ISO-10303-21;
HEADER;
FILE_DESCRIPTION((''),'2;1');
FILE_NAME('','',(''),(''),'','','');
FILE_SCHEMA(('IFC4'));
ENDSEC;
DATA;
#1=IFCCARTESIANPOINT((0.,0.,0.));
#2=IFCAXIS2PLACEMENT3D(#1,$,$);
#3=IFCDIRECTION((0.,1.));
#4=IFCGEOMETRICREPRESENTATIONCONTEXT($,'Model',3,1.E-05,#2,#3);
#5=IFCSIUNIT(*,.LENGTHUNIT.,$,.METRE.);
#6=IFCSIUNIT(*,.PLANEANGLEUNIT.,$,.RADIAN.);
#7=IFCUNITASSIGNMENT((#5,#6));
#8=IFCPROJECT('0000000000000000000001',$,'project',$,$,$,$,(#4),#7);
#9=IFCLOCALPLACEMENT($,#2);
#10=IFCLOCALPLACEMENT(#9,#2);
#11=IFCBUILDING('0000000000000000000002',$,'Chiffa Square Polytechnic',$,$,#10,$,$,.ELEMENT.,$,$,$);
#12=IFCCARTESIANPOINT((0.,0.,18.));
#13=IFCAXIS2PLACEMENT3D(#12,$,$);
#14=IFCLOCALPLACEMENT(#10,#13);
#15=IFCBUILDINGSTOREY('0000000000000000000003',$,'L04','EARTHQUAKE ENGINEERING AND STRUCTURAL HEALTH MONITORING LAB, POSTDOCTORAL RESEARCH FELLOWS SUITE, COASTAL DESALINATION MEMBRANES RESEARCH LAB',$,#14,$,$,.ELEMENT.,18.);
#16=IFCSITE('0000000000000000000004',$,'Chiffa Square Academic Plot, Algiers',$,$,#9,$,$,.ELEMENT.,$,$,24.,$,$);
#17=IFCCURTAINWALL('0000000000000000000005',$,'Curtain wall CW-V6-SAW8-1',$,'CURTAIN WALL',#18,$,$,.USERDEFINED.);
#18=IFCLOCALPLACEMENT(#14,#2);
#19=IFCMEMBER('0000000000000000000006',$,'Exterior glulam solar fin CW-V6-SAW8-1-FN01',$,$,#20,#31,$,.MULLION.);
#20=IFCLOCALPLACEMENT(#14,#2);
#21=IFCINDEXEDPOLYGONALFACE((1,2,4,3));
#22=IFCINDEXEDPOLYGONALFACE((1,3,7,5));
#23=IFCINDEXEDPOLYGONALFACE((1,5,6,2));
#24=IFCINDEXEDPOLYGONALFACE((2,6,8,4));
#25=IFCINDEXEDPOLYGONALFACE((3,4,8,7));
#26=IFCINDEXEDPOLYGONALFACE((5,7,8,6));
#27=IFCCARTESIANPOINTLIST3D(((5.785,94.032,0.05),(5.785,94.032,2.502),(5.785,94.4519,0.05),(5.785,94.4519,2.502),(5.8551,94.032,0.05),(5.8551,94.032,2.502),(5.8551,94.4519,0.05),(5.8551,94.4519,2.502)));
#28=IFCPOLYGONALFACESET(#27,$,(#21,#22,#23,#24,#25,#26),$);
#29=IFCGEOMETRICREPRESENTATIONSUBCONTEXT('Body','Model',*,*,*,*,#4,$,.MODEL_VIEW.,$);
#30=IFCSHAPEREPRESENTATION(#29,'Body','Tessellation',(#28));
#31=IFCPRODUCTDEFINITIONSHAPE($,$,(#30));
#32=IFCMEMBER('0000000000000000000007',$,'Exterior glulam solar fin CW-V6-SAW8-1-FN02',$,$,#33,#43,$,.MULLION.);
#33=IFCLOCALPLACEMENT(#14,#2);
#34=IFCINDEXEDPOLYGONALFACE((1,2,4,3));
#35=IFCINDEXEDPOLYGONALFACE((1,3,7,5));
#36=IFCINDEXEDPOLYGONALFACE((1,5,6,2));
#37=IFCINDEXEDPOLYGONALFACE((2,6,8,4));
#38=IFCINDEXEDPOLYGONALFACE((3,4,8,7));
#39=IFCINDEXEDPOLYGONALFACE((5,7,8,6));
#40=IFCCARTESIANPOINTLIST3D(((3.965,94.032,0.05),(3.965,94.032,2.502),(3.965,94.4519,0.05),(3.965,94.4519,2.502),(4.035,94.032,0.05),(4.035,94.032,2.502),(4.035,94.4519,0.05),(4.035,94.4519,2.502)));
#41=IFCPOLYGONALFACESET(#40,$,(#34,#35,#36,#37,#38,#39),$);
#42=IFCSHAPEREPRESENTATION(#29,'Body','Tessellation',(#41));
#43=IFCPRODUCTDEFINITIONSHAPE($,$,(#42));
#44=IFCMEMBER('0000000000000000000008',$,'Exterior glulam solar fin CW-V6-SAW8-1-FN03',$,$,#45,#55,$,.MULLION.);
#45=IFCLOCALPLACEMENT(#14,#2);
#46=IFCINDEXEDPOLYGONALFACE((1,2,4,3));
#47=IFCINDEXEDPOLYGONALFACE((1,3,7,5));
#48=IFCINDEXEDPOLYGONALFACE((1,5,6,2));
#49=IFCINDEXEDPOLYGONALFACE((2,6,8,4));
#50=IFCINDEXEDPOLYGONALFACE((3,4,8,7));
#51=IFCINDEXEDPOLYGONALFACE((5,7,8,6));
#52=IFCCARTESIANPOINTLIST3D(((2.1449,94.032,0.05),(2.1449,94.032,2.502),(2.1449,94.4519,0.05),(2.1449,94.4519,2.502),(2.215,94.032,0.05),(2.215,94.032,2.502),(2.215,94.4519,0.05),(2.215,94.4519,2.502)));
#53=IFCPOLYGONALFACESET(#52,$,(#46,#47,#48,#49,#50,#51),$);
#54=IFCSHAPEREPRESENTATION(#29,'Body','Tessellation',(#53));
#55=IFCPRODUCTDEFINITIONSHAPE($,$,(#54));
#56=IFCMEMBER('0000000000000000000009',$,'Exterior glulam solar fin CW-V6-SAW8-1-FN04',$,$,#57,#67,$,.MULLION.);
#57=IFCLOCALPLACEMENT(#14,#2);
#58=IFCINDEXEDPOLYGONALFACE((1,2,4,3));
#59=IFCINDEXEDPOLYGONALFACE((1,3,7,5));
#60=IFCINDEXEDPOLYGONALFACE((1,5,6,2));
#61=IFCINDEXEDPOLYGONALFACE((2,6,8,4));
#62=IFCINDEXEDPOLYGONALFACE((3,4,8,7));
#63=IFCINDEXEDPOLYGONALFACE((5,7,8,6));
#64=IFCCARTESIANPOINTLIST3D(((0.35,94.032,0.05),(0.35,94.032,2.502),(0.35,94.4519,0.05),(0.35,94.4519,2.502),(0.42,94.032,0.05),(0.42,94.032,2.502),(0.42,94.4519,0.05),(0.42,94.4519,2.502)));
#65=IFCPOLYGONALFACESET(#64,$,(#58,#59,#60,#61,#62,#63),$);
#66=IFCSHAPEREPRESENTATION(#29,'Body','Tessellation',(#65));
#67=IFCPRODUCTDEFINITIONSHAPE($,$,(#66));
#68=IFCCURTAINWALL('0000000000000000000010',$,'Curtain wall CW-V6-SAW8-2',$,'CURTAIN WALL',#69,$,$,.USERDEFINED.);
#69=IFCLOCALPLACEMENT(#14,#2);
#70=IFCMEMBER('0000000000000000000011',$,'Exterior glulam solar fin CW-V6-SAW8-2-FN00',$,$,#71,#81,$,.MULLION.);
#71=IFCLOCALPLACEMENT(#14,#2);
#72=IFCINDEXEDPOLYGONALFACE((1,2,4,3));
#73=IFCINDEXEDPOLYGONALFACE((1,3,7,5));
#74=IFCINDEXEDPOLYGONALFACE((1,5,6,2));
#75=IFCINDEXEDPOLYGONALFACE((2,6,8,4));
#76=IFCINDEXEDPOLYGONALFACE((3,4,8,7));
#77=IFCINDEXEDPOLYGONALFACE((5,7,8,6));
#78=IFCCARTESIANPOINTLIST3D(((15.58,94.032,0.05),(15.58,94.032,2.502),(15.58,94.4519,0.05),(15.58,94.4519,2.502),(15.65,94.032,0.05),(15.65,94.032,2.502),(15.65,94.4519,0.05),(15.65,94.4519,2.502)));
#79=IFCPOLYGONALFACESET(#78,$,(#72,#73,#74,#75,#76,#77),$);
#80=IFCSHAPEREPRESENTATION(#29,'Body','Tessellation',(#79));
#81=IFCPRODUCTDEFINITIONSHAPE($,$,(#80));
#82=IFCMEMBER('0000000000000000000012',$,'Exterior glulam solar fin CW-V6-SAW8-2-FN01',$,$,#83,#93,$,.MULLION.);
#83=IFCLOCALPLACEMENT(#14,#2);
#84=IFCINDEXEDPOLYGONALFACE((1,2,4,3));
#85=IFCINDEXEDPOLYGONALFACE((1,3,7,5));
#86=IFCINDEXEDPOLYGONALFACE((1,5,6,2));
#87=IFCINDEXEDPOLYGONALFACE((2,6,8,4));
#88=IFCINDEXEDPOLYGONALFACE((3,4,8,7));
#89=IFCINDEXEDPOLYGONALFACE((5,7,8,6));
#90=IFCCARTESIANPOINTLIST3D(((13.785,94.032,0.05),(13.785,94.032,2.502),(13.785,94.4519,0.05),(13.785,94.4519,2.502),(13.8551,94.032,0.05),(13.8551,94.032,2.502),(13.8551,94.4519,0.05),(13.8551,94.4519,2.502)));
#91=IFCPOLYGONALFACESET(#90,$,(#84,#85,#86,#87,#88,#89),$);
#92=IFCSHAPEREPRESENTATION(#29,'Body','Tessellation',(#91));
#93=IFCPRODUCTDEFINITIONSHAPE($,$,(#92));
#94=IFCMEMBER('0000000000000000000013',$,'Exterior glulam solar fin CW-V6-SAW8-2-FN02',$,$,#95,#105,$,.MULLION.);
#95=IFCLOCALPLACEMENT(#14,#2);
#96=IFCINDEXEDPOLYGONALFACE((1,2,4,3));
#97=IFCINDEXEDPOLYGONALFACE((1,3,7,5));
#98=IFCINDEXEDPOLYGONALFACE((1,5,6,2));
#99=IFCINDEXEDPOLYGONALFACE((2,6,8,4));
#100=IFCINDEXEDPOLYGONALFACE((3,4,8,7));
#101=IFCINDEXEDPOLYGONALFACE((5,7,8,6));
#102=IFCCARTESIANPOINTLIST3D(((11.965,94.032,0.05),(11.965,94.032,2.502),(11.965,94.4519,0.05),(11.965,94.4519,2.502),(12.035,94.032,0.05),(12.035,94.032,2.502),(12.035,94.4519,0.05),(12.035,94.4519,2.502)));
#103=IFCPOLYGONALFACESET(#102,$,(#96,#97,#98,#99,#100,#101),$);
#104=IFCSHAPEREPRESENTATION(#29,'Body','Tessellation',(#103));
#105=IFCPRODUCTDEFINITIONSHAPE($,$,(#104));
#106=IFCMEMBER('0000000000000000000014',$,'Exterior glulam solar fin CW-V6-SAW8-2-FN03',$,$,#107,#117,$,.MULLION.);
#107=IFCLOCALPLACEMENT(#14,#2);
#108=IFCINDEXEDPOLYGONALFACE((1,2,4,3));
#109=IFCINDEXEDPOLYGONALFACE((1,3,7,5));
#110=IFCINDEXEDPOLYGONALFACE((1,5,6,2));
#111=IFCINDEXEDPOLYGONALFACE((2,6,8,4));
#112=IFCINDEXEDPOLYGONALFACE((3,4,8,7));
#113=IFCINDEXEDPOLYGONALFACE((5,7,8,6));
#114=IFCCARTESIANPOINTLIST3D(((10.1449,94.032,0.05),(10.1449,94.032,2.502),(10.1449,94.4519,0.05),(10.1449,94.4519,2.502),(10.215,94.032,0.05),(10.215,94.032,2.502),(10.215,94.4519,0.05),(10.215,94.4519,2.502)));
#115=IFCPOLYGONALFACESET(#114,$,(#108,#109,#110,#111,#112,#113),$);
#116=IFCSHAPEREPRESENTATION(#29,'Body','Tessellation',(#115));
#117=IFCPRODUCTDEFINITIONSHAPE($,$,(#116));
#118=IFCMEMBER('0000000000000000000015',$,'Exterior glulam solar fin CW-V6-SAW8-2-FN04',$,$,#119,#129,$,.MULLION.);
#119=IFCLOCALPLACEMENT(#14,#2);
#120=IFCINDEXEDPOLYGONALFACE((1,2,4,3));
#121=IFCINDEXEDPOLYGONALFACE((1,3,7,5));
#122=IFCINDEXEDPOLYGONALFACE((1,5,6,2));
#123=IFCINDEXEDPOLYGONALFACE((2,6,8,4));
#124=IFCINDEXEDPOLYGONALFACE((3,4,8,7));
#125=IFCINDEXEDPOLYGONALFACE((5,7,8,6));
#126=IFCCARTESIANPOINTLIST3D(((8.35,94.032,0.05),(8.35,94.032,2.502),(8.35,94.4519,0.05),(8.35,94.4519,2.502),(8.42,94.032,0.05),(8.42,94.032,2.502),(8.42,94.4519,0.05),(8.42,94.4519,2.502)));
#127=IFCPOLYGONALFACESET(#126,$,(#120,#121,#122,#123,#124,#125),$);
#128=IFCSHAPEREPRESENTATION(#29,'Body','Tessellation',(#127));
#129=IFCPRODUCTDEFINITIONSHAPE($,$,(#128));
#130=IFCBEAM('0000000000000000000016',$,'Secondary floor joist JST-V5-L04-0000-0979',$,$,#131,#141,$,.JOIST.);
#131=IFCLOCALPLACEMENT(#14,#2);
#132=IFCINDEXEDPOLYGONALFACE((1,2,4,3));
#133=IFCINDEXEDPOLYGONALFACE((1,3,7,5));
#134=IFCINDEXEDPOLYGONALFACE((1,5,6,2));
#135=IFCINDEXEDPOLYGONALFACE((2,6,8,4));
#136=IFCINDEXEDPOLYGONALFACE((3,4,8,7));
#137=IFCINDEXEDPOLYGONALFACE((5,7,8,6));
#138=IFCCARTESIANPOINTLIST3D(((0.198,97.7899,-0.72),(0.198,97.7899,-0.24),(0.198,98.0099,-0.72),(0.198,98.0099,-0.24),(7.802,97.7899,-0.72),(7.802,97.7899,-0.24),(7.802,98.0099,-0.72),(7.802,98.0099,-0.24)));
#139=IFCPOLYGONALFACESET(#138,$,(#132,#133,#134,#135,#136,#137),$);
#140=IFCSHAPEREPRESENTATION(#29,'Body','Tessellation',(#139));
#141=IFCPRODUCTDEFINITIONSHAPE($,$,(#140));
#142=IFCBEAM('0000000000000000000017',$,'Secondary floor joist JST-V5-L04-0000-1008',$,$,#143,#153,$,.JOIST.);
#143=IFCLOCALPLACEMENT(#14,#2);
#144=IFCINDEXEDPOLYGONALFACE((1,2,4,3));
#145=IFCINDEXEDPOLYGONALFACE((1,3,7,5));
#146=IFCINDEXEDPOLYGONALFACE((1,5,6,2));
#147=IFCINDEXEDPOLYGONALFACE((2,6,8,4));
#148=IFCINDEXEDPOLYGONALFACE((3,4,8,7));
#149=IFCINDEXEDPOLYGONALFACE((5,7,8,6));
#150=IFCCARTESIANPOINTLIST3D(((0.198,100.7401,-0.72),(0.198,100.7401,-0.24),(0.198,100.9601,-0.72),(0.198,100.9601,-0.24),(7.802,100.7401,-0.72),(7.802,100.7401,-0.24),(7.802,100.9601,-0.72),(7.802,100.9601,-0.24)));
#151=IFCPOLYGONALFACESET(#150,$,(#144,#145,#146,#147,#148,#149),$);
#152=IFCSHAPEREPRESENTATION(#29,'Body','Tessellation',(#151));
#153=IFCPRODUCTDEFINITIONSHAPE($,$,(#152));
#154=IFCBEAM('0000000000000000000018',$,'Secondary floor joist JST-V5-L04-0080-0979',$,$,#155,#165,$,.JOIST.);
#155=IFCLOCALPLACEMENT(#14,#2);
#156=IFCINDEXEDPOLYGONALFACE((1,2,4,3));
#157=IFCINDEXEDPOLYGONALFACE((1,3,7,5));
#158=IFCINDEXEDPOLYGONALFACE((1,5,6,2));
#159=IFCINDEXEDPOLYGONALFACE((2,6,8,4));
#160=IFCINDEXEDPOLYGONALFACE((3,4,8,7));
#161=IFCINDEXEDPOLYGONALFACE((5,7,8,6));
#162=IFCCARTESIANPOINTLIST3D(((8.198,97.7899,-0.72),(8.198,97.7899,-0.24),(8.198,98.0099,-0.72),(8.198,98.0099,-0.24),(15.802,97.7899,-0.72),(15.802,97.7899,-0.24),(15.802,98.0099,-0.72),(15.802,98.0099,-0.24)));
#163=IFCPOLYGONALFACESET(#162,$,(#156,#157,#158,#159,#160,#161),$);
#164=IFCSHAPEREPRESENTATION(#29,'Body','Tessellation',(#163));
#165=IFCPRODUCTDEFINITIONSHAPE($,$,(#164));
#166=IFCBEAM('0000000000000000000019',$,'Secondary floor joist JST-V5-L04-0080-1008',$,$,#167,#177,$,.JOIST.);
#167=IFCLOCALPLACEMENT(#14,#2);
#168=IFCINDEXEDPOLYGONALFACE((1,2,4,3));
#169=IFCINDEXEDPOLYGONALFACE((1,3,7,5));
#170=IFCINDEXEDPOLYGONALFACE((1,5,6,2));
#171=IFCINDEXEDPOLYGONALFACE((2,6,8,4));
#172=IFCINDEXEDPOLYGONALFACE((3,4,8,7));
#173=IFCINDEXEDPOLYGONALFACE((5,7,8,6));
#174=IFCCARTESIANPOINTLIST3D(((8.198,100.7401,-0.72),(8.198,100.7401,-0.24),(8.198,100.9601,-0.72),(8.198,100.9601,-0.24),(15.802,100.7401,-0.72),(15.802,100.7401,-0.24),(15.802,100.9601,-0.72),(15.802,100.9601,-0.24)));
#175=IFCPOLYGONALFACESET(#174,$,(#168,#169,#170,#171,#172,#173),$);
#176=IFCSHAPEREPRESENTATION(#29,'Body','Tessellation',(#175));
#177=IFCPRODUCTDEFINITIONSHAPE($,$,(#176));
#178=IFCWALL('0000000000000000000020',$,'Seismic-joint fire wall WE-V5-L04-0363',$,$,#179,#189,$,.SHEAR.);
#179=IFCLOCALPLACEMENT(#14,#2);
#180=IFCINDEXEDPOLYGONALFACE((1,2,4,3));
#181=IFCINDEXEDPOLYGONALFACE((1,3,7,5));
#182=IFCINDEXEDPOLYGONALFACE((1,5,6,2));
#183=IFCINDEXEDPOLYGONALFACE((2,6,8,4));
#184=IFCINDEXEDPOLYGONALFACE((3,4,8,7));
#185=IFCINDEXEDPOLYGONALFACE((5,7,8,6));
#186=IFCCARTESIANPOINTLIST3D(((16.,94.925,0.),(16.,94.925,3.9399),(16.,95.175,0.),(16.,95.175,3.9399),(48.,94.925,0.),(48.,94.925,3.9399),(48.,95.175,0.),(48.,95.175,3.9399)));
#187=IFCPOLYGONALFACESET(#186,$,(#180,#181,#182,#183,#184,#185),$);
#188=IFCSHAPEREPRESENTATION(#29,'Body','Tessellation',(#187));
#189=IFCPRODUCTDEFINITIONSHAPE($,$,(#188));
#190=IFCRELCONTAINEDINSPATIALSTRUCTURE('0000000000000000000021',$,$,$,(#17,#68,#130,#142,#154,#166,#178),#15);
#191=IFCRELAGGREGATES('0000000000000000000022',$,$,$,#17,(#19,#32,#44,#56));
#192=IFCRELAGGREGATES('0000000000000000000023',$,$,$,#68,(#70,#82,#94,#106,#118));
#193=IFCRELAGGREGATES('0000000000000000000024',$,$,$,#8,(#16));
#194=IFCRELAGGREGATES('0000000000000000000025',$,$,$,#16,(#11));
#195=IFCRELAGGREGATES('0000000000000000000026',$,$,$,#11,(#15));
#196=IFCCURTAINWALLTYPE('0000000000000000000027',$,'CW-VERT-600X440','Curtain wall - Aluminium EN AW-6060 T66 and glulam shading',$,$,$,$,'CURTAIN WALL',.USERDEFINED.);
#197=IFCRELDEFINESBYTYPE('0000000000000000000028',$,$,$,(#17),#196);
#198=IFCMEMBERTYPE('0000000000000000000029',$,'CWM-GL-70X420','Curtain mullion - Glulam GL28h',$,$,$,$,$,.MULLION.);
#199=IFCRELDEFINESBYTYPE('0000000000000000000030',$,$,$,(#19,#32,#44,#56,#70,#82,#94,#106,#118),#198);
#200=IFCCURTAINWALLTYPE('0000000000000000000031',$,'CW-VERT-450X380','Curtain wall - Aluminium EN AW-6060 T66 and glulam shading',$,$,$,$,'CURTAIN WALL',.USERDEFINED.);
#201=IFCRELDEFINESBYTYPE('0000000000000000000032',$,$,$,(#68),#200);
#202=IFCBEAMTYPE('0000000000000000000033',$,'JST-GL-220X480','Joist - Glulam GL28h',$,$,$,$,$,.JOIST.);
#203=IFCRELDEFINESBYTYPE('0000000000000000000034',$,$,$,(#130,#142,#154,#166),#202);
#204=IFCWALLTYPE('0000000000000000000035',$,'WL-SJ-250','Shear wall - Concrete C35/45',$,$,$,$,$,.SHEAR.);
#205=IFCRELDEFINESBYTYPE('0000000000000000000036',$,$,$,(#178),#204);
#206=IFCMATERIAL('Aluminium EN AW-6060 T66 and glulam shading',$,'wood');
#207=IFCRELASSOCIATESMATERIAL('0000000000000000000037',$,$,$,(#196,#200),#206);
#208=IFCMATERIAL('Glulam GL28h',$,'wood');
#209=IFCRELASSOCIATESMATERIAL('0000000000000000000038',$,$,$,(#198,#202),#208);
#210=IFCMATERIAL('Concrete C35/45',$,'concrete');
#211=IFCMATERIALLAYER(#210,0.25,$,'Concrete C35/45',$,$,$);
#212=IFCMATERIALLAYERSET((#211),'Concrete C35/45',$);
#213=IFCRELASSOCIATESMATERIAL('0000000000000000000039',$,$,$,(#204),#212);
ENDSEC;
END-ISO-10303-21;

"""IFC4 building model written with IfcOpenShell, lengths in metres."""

from ifc_helpers import new_model, si_unit, direction, frame, frame_2d, origin, origin_2d, place, context, subcontext, project, spatial, rectangle, extrude, material, layer, layer_set, material_profile, profile_set, type_object, element, aggregate, save


model = new_model("IFC4")

# Units and contexts
model_context = context("Model", 3, precision=1e-05, world=origin(), true_north=direction((0.0, 1.0)))
body_context = subcontext(model_context, "Body", "Model", "MODEL_VIEW")
ifc_project = project(units=[si_unit("LENGTHUNIT", "METRE"), si_unit("PLANEANGLEUNIT", "RADIAN")], contexts=[model_context])

# Site, building, storey
site_placement = place(None, origin())
site = spatial("IfcSite", under=ifc_project, at=site_placement, Name="Chiffa Square Academic Plot, Algiers", CompositionType="ELEMENT", RefElevation=24.0)
building_placement = place(site_placement, origin())
building = spatial("IfcBuilding", under=site, at=building_placement, Name="Chiffa Square Polytechnic", CompositionType="ELEMENT")
storey_placement = place(building_placement, frame((0.0, 0.0, 18.0)))
storey = spatial("IfcBuildingStorey", under=building, at=storey_placement, Name="L04", Description="EARTHQUAKE ENGINEERING AND STRUCTURAL HEALTH MONITORING LAB, POSTDOCTORAL RESEARCH FELLOWS SUITE, COASTAL DESALINATION MEMBRANES RESEARCH LAB", CompositionType="ELEMENT", Elevation=18.0)

# Shared definitions
ifc_material_1 = material(Name="Concrete C35/45", Category="concrete")

# Curtain walls, members
ifc_material_2 = material(Name="Aluminium EN AW-6060 T66 and glulam shading", Category="wood")
curtain_wall_type_1 = type_object("IfcCurtainWallType", Name="CW-VERT-600X440", Description="Curtain wall - Aluminium EN AW-6060 T66 and glulam shading", ElementType="CURTAIN WALL", PredefinedType="USERDEFINED", material=ifc_material_2)
curtain_wall_1_placement = place(storey_placement, origin())
curtain_wall_1 = element("IfcCurtainWall", 1, at=curtain_wall_1_placement, inside=storey, type_object=curtain_wall_type_1, Name="Curtain wall CW-V6-SAW8-1", ObjectType="CURTAIN WALL", PredefinedType="USERDEFINED")
ifc_material_3 = material(Name="Glulam GL28h", Category="wood")
ifc_material_profile_1 = material_profile(ifc_material_3, rectangle(XDim=0.0701, YDim=0.4199, at=origin_2d()), Name="GL28h 70x420")
ifc_profile_set_1 = profile_set([ifc_material_profile_1], Name="Glulam GL28h")
member_type = type_object("IfcMemberType", Name="CWM-GL-70X420", Description="Curtain mullion - Glulam GL28h", PredefinedType="MULLION", material=ifc_profile_set_1)
member_1_placement = place(storey_placement, frame((5.8201, 94.2419, 0.05), z_axis=(0.0, 0.0, 1.0), x_axis=(-1.0, 0.0, 0.0)))
member_1 = element("IfcMember", 2, at=member_1_placement, type_object=member_type, Name="Exterior glulam solar fin CW-V6-SAW8-1-FN01", PredefinedType="MULLION", context=body_context, shape_type="SweptSolid", body=[
    extrude(rectangle(XDim=0.0701, YDim=0.4199, at=origin_2d()), origin(), (0.0, 0.0, 1.0), 2.4519),
])
member_2_placement = place(storey_placement, frame((4.0, 94.2419, 0.05), z_axis=(0.0, 0.0, 1.0), x_axis=(-1.0, 0.0, 0.0)))
member_2 = element("IfcMember", 3, at=member_2_placement, type_object=member_type, Name="Exterior glulam solar fin CW-V6-SAW8-1-FN02", PredefinedType="MULLION", context=body_context, shape_type="SweptSolid", body=[
    extrude(rectangle(XDim=0.0701, YDim=0.4199, at=origin_2d()), origin(), (0.0, 0.0, 1.0), 2.4519),
])
member_3_placement = place(storey_placement, frame((2.1799, 94.2419, 0.05), z_axis=(0.0, 0.0, 1.0), x_axis=(-1.0, 0.0, 0.0)))
member_3 = element("IfcMember", 4, at=member_3_placement, type_object=member_type, Name="Exterior glulam solar fin CW-V6-SAW8-1-FN03", PredefinedType="MULLION", context=body_context, shape_type="SweptSolid", body=[
    extrude(rectangle(XDim=0.0701, YDim=0.4199, at=origin_2d()), origin(), (0.0, 0.0, 1.0), 2.4519),
])
member_4_placement = place(storey_placement, frame((0.385, 94.2419, 0.05), z_axis=(0.0, 0.0, 1.0), x_axis=(-1.0, 0.0, 0.0)))
member_4 = element("IfcMember", 5, at=member_4_placement, type_object=member_type, Name="Exterior glulam solar fin CW-V6-SAW8-1-FN04", PredefinedType="MULLION", context=body_context, shape_type="SweptSolid", body=[
    extrude(rectangle(XDim=0.0701, YDim=0.4199, at=origin_2d()), origin(), (0.0, 0.0, 1.0), 2.4519),
])
aggregate(curtain_wall_1, [member_1, member_2, member_3, member_4])
curtain_wall_type_2 = type_object("IfcCurtainWallType", Name="CW-VERT-450X380", Description="Curtain wall - Aluminium EN AW-6060 T66 and glulam shading", ElementType="CURTAIN WALL", PredefinedType="USERDEFINED", material=ifc_material_2)
curtain_wall_2_placement = place(storey_placement, origin())
curtain_wall_2 = element("IfcCurtainWall", 6, at=curtain_wall_2_placement, inside=storey, type_object=curtain_wall_type_2, Name="Curtain wall CW-V6-SAW8-2", ObjectType="CURTAIN WALL", PredefinedType="USERDEFINED")
member_5_placement = place(storey_placement, frame((15.615, 94.2419, 0.05), z_axis=(0.0, 0.0, 1.0), x_axis=(-1.0, 0.0, 0.0)))
member_5 = element("IfcMember", 7, at=member_5_placement, type_object=member_type, Name="Exterior glulam solar fin CW-V6-SAW8-2-FN00", PredefinedType="MULLION", context=body_context, shape_type="SweptSolid", body=[
    extrude(rectangle(XDim=0.0701, YDim=0.4199, at=origin_2d()), origin(), (0.0, 0.0, 1.0), 2.4519),
])
member_6_placement = place(storey_placement, frame((13.8201, 94.2419, 0.05), z_axis=(0.0, 0.0, 1.0), x_axis=(-1.0, 0.0, 0.0)))
member_6 = element("IfcMember", 8, at=member_6_placement, type_object=member_type, Name="Exterior glulam solar fin CW-V6-SAW8-2-FN01", PredefinedType="MULLION", context=body_context, shape_type="SweptSolid", body=[
    extrude(rectangle(XDim=0.0701, YDim=0.4199, at=origin_2d()), origin(), (0.0, 0.0, 1.0), 2.4519),
])
member_7_placement = place(storey_placement, frame((12.0, 94.2419, 0.05), z_axis=(0.0, 0.0, 1.0), x_axis=(-1.0, 0.0, 0.0)))
member_7 = element("IfcMember", 9, at=member_7_placement, type_object=member_type, Name="Exterior glulam solar fin CW-V6-SAW8-2-FN02", PredefinedType="MULLION", context=body_context, shape_type="SweptSolid", body=[
    extrude(rectangle(XDim=0.0701, YDim=0.4199, at=origin_2d()), origin(), (0.0, 0.0, 1.0), 2.4519),
])
member_8_placement = place(storey_placement, frame((10.1799, 94.2419, 0.05), z_axis=(0.0, 0.0, 1.0), x_axis=(-1.0, 0.0, 0.0)))
member_8 = element("IfcMember", 10, at=member_8_placement, type_object=member_type, Name="Exterior glulam solar fin CW-V6-SAW8-2-FN03", PredefinedType="MULLION", context=body_context, shape_type="SweptSolid", body=[
    extrude(rectangle(XDim=0.0701, YDim=0.4199, at=origin_2d()), origin(), (0.0, 0.0, 1.0), 2.4519),
])
member_9_placement = place(storey_placement, frame((8.385, 94.2419, 0.05), z_axis=(0.0, 0.0, 1.0), x_axis=(-1.0, 0.0, 0.0)))
member_9 = element("IfcMember", 11, at=member_9_placement, type_object=member_type, Name="Exterior glulam solar fin CW-V6-SAW8-2-FN04", PredefinedType="MULLION", context=body_context, shape_type="SweptSolid", body=[
    extrude(rectangle(XDim=0.0701, YDim=0.4199, at=origin_2d()), origin(), (0.0, 0.0, 1.0), 2.4519),
])
aggregate(curtain_wall_2, [member_5, member_6, member_7, member_8, member_9])

# Beams
ifc_material_profile_2 = material_profile(ifc_material_3, rectangle(XDim=0.22, YDim=0.48, at=origin_2d()), Name="GL28h 220x480")
ifc_profile_set_2 = profile_set([ifc_material_profile_2], Name="Glulam GL28h")
beam_type_1 = type_object("IfcBeamType", Name="JST-GL-220X480", Description="Joist - Glulam GL28h", PredefinedType="JOIST", material=ifc_profile_set_2)
for number, where, z_axis, x_axis, name in (
    (12, (0.198, 97.8999, -0.48), (1.0, 0.0, 0.0), (0.0, 1.0, 0.0), "Secondary floor joist JST-V5-L04-0000-0979"),
    (13, (0.198, 100.8501, -0.48), (1.0, 0.0, 0.0), (0.0, 1.0, 0.0), "Secondary floor joist JST-V5-L04-0000-1008"),
    (14, (8.198, 97.8999, -0.48), (1.0, 0.0, 0.0), (0.0, 1.0, 0.0), "Secondary floor joist JST-V5-L04-0080-0979"),
    (15, (8.198, 100.8501, -0.48), (1.0, 0.0, 0.0), (0.0, 1.0, 0.0), "Secondary floor joist JST-V5-L04-0080-1008"),
):
    element("IfcBeam", number, at=place(storey_placement, frame(where, z_axis=z_axis, x_axis=x_axis)), inside=storey, type_object=beam_type_1, Name=name, PredefinedType="JOIST", context=body_context, shape_type="SweptSolid", body=[
        extrude(rectangle(XDim=0.22, YDim=0.48, at=origin_2d()), origin(), (0.0, 0.0, 1.0), 7.604),
    ])

# Wall
ifc_layer_1 = layer(ifc_material_1, 0.25, Name="Concrete C35/45")
ifc_layer_set_1 = layer_set([ifc_layer_1], Name="Concrete C35/45")
wall_type = type_object("IfcWallType", Name="WL-SJ-250", Description="Shear wall - Concrete C35/45", PredefinedType="SHEAR", material=ifc_layer_set_1)
wall_placement = place(storey_placement, frame((16.0, 95.05, 0.0), z_axis=(0.0, 0.0, 1.0), x_axis=(1.0, 0.0, 0.0)))
element("IfcWall", 16, at=wall_placement, inside=storey, type_object=wall_type, Name="Seismic-joint fire wall WE-V5-L04-0363", PredefinedType="SHEAR", context=body_context, shape_type="SweptSolid", body=[
    extrude(rectangle(XDim=32.0, YDim=0.25, at=frame_2d((16.0, 0.0))), origin(), (0.0, 0.0, 1.0), 3.9399),
])

save(model, "model.ifc")
